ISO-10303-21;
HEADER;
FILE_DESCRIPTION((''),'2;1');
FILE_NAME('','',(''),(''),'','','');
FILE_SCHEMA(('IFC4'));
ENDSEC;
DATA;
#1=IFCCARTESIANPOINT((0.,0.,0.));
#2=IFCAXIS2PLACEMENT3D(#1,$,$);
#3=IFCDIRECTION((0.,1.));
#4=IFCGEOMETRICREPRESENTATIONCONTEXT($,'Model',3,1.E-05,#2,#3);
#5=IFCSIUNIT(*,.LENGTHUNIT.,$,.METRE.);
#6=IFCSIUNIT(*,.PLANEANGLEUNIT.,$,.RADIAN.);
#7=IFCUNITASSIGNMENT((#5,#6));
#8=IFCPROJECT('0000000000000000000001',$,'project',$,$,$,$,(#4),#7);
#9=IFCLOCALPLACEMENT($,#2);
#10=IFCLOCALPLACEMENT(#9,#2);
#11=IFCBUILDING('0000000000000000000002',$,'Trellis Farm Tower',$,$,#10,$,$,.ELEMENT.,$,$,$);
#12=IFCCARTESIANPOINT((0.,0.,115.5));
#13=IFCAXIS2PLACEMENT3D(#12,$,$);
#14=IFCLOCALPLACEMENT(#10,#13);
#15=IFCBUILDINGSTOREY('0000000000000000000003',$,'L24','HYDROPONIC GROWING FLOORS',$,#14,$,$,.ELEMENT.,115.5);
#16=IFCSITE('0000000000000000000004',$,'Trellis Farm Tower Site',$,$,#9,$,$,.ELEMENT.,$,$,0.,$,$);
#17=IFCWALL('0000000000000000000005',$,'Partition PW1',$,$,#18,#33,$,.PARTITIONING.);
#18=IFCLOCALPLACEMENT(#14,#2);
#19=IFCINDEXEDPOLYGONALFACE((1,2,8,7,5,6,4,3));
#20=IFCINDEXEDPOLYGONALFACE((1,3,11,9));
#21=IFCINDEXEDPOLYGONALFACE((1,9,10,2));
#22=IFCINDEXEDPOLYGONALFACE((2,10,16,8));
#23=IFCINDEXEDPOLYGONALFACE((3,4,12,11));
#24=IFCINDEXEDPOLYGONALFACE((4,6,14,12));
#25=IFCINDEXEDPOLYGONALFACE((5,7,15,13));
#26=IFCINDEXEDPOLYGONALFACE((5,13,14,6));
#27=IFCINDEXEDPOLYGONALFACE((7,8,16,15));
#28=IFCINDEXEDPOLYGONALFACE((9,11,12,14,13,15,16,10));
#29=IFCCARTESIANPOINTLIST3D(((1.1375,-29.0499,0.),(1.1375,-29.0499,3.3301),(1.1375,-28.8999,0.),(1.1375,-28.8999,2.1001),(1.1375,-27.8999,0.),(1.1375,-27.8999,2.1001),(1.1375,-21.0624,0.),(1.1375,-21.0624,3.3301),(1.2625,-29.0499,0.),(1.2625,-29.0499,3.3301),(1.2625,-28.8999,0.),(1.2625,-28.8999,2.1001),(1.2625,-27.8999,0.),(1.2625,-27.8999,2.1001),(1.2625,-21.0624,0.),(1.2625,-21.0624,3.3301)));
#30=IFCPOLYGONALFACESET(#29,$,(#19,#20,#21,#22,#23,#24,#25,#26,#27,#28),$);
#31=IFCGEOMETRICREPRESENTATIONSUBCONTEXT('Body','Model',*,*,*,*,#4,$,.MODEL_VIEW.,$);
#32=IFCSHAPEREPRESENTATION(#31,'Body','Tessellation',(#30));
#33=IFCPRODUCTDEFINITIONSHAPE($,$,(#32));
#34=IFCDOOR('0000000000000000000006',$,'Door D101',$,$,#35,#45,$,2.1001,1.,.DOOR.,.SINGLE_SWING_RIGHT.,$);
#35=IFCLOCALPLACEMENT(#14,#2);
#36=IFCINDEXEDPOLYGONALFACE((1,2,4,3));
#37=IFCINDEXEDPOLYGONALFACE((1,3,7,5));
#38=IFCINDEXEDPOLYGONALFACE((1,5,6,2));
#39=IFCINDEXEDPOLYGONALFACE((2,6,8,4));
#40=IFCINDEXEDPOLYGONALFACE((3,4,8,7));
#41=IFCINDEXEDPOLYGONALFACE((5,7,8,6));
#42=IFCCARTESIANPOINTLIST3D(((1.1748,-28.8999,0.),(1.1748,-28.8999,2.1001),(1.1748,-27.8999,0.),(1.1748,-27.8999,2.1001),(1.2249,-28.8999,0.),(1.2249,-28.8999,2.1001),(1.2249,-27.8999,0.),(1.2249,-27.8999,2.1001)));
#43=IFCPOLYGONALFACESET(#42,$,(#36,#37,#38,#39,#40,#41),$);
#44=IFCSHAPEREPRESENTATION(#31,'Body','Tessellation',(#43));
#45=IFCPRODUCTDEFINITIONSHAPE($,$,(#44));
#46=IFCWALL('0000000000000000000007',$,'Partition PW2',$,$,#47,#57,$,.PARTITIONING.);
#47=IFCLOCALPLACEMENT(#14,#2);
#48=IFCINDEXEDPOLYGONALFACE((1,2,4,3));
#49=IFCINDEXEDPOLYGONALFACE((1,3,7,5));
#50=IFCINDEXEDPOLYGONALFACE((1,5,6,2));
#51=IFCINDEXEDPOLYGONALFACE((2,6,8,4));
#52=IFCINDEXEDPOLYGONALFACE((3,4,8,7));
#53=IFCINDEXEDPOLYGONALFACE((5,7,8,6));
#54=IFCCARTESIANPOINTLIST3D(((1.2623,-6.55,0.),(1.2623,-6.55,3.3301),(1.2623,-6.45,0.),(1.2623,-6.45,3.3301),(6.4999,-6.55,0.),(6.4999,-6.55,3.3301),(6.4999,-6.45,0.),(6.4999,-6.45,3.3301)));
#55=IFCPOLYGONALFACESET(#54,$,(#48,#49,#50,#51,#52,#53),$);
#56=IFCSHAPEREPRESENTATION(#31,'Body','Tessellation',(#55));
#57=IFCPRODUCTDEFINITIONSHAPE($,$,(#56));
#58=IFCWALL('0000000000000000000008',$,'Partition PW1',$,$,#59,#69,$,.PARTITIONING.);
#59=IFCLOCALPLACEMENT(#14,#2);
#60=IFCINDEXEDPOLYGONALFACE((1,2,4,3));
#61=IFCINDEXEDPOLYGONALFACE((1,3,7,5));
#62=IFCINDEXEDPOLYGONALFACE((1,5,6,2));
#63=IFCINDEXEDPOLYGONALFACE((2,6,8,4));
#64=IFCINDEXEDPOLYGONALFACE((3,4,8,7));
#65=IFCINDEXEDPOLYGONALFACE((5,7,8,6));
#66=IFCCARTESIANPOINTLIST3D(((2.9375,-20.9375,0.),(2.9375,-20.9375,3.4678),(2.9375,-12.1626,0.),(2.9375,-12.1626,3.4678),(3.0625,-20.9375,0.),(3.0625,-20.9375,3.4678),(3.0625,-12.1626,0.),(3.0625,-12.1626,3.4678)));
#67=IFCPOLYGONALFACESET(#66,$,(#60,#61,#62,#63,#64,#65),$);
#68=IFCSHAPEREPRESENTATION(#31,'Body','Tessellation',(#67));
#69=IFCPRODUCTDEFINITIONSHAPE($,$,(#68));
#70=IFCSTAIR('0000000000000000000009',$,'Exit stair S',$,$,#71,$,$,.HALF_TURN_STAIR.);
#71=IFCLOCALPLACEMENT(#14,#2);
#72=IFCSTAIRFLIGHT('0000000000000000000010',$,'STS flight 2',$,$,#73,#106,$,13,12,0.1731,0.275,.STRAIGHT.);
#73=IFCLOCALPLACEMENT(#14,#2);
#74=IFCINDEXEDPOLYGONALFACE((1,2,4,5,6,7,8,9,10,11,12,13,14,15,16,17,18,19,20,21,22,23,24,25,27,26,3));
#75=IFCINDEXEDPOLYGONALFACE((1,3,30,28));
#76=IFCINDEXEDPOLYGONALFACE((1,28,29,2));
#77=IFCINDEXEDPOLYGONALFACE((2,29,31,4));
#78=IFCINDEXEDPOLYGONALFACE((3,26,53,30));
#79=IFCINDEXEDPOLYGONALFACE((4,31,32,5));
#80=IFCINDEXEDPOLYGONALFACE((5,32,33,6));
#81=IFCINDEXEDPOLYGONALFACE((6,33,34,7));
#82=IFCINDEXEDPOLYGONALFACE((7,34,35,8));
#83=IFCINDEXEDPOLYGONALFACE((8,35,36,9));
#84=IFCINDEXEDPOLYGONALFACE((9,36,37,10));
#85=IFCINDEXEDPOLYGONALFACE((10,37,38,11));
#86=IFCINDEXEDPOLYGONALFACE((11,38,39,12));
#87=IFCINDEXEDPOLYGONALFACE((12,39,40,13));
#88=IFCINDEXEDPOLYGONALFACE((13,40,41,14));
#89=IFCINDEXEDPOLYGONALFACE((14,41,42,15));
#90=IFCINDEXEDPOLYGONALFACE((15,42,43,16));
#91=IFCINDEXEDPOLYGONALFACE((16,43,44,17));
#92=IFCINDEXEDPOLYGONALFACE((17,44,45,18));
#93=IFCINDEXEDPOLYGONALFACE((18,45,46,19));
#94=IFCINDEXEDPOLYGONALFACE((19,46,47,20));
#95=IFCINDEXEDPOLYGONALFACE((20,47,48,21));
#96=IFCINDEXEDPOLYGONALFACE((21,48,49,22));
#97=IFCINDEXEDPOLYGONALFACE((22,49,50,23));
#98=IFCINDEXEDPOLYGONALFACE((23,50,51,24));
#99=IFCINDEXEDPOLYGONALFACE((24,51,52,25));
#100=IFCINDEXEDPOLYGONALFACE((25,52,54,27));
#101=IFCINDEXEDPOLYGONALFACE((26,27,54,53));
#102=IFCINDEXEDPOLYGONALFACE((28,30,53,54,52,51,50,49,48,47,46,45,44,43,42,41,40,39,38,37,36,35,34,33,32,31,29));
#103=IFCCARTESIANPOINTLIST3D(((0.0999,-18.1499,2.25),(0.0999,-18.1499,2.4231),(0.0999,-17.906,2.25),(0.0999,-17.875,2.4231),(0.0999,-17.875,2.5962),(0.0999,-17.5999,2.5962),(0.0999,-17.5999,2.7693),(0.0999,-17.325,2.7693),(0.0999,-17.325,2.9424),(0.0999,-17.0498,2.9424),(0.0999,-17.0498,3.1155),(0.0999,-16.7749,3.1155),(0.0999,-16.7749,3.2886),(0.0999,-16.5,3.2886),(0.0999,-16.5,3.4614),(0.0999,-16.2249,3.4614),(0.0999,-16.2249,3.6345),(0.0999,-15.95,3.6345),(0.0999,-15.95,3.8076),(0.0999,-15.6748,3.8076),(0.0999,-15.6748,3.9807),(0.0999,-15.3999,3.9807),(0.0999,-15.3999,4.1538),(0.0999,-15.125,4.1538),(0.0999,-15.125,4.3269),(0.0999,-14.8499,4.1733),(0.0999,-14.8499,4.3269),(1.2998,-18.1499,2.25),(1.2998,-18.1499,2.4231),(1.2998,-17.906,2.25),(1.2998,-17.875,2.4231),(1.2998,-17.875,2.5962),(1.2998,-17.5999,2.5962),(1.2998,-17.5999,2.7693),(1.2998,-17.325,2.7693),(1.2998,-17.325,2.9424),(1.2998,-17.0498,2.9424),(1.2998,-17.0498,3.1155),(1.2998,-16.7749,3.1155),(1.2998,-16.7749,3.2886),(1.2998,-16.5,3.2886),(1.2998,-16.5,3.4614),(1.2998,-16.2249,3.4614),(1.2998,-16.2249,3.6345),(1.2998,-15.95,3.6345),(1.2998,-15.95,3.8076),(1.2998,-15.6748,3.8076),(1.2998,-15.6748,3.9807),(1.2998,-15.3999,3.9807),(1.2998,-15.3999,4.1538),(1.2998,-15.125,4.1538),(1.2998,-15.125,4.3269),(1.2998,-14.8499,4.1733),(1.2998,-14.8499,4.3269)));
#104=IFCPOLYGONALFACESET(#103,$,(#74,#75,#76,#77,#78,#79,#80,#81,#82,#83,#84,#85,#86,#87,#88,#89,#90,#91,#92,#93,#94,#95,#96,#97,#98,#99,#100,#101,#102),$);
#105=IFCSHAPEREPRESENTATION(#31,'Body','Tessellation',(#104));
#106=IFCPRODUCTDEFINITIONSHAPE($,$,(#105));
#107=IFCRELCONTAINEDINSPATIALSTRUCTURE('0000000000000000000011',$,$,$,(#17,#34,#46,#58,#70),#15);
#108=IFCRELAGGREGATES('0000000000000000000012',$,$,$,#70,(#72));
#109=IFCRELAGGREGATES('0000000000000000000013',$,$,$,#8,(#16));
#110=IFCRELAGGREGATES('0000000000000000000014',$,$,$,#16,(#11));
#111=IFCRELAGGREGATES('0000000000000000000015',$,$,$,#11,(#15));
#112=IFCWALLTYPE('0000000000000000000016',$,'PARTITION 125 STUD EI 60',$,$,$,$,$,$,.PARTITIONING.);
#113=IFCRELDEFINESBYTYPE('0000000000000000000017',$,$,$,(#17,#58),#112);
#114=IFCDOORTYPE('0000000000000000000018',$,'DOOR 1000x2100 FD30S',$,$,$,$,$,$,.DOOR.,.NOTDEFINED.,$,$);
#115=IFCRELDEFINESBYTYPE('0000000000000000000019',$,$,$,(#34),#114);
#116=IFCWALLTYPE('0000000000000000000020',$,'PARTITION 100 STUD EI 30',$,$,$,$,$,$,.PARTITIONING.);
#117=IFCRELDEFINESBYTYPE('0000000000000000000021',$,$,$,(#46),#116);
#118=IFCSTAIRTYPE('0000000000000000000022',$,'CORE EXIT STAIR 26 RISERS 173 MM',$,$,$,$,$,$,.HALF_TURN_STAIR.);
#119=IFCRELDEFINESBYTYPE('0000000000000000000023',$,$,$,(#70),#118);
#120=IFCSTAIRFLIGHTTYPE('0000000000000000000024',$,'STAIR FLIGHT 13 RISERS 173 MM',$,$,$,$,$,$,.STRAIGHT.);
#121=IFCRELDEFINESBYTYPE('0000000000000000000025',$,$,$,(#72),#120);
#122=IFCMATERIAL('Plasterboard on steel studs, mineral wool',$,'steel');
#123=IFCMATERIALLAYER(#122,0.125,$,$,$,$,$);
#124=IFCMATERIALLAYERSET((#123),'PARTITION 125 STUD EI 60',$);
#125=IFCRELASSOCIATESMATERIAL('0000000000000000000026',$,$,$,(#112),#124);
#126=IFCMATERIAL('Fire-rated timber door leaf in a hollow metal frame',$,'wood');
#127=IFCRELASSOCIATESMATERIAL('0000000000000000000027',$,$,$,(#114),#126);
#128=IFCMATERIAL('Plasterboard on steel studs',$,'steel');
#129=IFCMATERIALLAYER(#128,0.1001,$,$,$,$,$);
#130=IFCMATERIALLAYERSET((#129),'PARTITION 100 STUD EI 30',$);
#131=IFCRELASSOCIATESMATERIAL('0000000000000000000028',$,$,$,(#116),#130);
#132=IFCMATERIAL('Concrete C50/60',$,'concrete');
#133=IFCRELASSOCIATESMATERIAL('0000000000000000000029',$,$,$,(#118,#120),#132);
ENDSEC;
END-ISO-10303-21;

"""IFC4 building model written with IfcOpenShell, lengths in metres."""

from ifc_helpers import new_model, si_unit, direction, frame, frame_2d, origin, place, context, subcontext, project, spatial, polyline, rectangle, outline, extrude, source, transform, mapped, material, layer, layer_set, type_object, element, fill, aggregate, save


model = new_model("IFC4")

# Units and contexts
model_context = context("Model", 3, precision=1e-05, world=origin(), true_north=direction((0.0, 1.0)))
body_context = subcontext(model_context, "Body", "Model", "MODEL_VIEW")
ifc_project = project(units=[si_unit("LENGTHUNIT", "METRE"), si_unit("PLANEANGLEUNIT", "RADIAN")], contexts=[model_context])

# Site, building, storey
site_placement = place(None, origin())
site = spatial("IfcSite", under=ifc_project, at=site_placement, Name="Trellis Farm Tower Site", CompositionType="ELEMENT", RefElevation=0.0)
building_placement = place(site_placement, origin())
building = spatial("IfcBuilding", under=site, at=building_placement, Name="Trellis Farm Tower", CompositionType="ELEMENT")
storey_placement = place(building_placement, frame((0.0, 0.0, 115.5)))
storey = spatial("IfcBuildingStorey", under=building, at=storey_placement, Name="L24", Description="HYDROPONIC GROWING FLOORS", CompositionType="ELEMENT", Elevation=115.5)

# Shared definitions
placement_1 = place(storey_placement, origin())

# Shared definitions
ifc_material_1 = material(Name="Plasterboard on steel studs, mineral wool", Category="steel")
ifc_layer_1 = layer(ifc_material_1, 0.125)
ifc_layer_set_1 = layer_set([ifc_layer_1], Name="PARTITION 125 STUD EI 60")
wall_type_1 = type_object("IfcWallType", Name="PARTITION 125 STUD EI 60", PredefinedType="PARTITIONING", material=ifc_layer_set_1)

# Wall, opening, door
shared_shape_1 = source(origin(), body_context, "Body", "SweptSolid", [
    extrude(rectangle(XDim=7.9875, YDim=0.125, at=frame_2d((3.9937, 0.0))), origin(), (0.0, 0.0, 1.0), 3.3301),
])
wall_1_placement = place(storey_placement, frame((1.2, -21.0625, 0.0), z_axis=(0.0, 0.0, 1.0), x_axis=(0.0, -1.0, 0.0)))
wall_1 = element("IfcWall", 1, at=wall_1_placement, inside=storey, type_object=wall_type_1, Name="Partition PW1", PredefinedType="PARTITIONING", context=body_context, shape_type="MappedRepresentation", body=[
    mapped(shared_shape_1, transform((0.0, 0.0, 0.0))),
])
shared_shape_2 = source(origin(), body_context, "Body", "SweptSolid", [
    extrude(rectangle(XDim=1.0, YDim=2.1001, at=frame_2d((0.5, 1.05))), frame((0.0, 0.0725, 0.0), z_axis=(0.0, -1.0, 0.0), x_axis=(1.0, 0.0, 0.0)), (0.0, 0.0, 1.0), 0.145),
])
opening_1_placement = place(wall_1_placement, frame((6.8374, 0.0, 0.0)))
opening_1 = element("IfcOpeningElement", 2, at=opening_1_placement, cuts=wall_1, PredefinedType="OPENING", context=body_context, shape_type="MappedRepresentation", body=[
    mapped(shared_shape_2, transform((0.0, 0.0, 0.0))),
])
ifc_material_2 = material(Name="Fire-rated timber door leaf in a hollow metal frame", Category="wood")
door_type_1 = type_object("IfcDoorType", Name="DOOR 1000x2100 FD30S", OperationType="NOTDEFINED", PredefinedType="DOOR", material=ifc_material_2)
shared_shape_3 = source(origin(), body_context, "Body", "SweptSolid", [
    extrude(rectangle(XDim=1.0, YDim=2.1001, at=frame_2d((0.5, 1.05))), frame((0.0, 0.0249, 0.0), z_axis=(0.0, -1.0, 0.0), x_axis=(1.0, 0.0, 0.0)), (0.0, 0.0, 1.0), 0.05),
])
door_1_placement = place(opening_1_placement, origin())
door_1 = element("IfcDoor", 3, at=door_1_placement, inside=storey, type_object=door_type_1, Name="Door D101", OperationType="SINGLE_SWING_RIGHT", OverallHeight=2.1001, OverallWidth=1.0, PredefinedType="DOOR", context=body_context, shape_type="MappedRepresentation", body=[
    mapped(shared_shape_3, transform((0.0, 0.0, 0.0))),
])
fill(opening_1, door_1)

# Walls
ifc_material_3 = material(Name="Plasterboard on steel studs", Category="steel")
ifc_layer_2 = layer(ifc_material_3, 0.1001)
ifc_layer_set_2 = layer_set([ifc_layer_2], Name="PARTITION 100 STUD EI 30")
wall_type_2 = type_object("IfcWallType", Name="PARTITION 100 STUD EI 30", PredefinedType="PARTITIONING", material=ifc_layer_set_2)
shared_shape_4 = source(origin(), body_context, "Body", "SweptSolid", [
    extrude(rectangle(XDim=5.2375, YDim=0.1001, at=frame_2d((2.6187, 0.0))), origin(), (0.0, 0.0, 1.0), 3.3301),
])
wall_2_placement = place(storey_placement, frame((1.2625, -6.5, 0.0), z_axis=(0.0, 0.0, 1.0), x_axis=(1.0, 0.0, 0.0)))
element("IfcWall", 4, at=wall_2_placement, inside=storey, type_object=wall_type_2, Name="Partition PW2", PredefinedType="PARTITIONING", context=body_context, shape_type="MappedRepresentation", body=[
    mapped(shared_shape_4, transform((0.0, 0.0, 0.0))),
])
shared_shape_5 = source(origin(), body_context, "Body", "SweptSolid", [
    extrude(rectangle(XDim=8.7749, YDim=0.125, at=frame_2d((4.3875, 0.0))), origin(), (0.0, 0.0, 1.0), 3.4678),
])
wall_3_placement = place(storey_placement, frame((3.0, -12.1626, 0.0), z_axis=(0.0, 0.0, 1.0), x_axis=(0.0, -1.0, 0.0)))
element("IfcWall", 5, at=wall_3_placement, inside=storey, type_object=wall_type_1, Name="Partition PW1", PredefinedType="PARTITIONING", context=body_context, shape_type="MappedRepresentation", body=[
    mapped(shared_shape_5, transform((0.0, 0.0, 0.0))),
])

# Stair, stair flight
ifc_material_4 = material(Name="Concrete C50/60", Category="concrete")
stair_type = type_object("IfcStairType", Name="CORE EXIT STAIR 26 RISERS 173 MM", PredefinedType="HALF_TURN_STAIR", material=ifc_material_4)
stair = element("IfcStair", 6, at=placement_1, inside=storey, type_object=stair_type, Name="Exit stair S", PredefinedType="HALF_TURN_STAIR")
stair_flight_type = type_object("IfcStairFlightType", Name="STAIR FLIGHT 13 RISERS 173 MM", PredefinedType="STRAIGHT", material=ifc_material_4)
shared_shape_6 = source(origin(), body_context, "Body", "SweptSolid", [
    extrude(outline(polyline([(0.0, 0.0), (0.0, 0.1731), (0.2749, 0.1731), (0.2749, 0.3462), (0.55, 0.3462), (0.55, 0.5193), (0.825, 0.5193), (0.825, 0.6924), (1.1001, 0.6924), (1.1001, 0.8655), (1.375, 0.8655), (1.375, 1.0386), (1.6499, 1.0386), (1.6499, 1.2114), (1.925, 1.2114), (1.925, 1.3845), (2.2, 1.3845), (2.2, 1.5576), (2.4751, 1.5576), (2.4751, 1.7307), (2.75, 1.7307), (2.75, 1.9038), (3.0249, 1.9038), (3.0249, 2.0769), (3.3, 2.0769), (3.3, 2.25), (3.3, 1.9233), (0.2439, 0.0), (0.0, 0.0)])), frame((0.0, 0.6001, 0.0), z_axis=(0.0, -1.0, 0.0), x_axis=(1.0, 0.0, 0.0)), (0.0, 0.0, 1.0), 1.2),
])
stair_flight_placement = place(storey_placement, frame((0.7, -18.1499, 2.25), z_axis=(0.0, 0.0, 1.0), x_axis=(0.0, 1.0, 0.0)))
stair_flight = element("IfcStairFlight", 7, at=stair_flight_placement, type_object=stair_flight_type, Name="STS flight 2", NumberOfRisers=13, NumberOfTreads=12, PredefinedType="STRAIGHT", RiserHeight=0.1731, TreadLength=0.275, context=body_context, shape_type="MappedRepresentation", body=[
    mapped(shared_shape_6, transform((0.0, 0.0, 0.0))),
])
aggregate(stair, [stair_flight])

save(model, "model.ifc")
